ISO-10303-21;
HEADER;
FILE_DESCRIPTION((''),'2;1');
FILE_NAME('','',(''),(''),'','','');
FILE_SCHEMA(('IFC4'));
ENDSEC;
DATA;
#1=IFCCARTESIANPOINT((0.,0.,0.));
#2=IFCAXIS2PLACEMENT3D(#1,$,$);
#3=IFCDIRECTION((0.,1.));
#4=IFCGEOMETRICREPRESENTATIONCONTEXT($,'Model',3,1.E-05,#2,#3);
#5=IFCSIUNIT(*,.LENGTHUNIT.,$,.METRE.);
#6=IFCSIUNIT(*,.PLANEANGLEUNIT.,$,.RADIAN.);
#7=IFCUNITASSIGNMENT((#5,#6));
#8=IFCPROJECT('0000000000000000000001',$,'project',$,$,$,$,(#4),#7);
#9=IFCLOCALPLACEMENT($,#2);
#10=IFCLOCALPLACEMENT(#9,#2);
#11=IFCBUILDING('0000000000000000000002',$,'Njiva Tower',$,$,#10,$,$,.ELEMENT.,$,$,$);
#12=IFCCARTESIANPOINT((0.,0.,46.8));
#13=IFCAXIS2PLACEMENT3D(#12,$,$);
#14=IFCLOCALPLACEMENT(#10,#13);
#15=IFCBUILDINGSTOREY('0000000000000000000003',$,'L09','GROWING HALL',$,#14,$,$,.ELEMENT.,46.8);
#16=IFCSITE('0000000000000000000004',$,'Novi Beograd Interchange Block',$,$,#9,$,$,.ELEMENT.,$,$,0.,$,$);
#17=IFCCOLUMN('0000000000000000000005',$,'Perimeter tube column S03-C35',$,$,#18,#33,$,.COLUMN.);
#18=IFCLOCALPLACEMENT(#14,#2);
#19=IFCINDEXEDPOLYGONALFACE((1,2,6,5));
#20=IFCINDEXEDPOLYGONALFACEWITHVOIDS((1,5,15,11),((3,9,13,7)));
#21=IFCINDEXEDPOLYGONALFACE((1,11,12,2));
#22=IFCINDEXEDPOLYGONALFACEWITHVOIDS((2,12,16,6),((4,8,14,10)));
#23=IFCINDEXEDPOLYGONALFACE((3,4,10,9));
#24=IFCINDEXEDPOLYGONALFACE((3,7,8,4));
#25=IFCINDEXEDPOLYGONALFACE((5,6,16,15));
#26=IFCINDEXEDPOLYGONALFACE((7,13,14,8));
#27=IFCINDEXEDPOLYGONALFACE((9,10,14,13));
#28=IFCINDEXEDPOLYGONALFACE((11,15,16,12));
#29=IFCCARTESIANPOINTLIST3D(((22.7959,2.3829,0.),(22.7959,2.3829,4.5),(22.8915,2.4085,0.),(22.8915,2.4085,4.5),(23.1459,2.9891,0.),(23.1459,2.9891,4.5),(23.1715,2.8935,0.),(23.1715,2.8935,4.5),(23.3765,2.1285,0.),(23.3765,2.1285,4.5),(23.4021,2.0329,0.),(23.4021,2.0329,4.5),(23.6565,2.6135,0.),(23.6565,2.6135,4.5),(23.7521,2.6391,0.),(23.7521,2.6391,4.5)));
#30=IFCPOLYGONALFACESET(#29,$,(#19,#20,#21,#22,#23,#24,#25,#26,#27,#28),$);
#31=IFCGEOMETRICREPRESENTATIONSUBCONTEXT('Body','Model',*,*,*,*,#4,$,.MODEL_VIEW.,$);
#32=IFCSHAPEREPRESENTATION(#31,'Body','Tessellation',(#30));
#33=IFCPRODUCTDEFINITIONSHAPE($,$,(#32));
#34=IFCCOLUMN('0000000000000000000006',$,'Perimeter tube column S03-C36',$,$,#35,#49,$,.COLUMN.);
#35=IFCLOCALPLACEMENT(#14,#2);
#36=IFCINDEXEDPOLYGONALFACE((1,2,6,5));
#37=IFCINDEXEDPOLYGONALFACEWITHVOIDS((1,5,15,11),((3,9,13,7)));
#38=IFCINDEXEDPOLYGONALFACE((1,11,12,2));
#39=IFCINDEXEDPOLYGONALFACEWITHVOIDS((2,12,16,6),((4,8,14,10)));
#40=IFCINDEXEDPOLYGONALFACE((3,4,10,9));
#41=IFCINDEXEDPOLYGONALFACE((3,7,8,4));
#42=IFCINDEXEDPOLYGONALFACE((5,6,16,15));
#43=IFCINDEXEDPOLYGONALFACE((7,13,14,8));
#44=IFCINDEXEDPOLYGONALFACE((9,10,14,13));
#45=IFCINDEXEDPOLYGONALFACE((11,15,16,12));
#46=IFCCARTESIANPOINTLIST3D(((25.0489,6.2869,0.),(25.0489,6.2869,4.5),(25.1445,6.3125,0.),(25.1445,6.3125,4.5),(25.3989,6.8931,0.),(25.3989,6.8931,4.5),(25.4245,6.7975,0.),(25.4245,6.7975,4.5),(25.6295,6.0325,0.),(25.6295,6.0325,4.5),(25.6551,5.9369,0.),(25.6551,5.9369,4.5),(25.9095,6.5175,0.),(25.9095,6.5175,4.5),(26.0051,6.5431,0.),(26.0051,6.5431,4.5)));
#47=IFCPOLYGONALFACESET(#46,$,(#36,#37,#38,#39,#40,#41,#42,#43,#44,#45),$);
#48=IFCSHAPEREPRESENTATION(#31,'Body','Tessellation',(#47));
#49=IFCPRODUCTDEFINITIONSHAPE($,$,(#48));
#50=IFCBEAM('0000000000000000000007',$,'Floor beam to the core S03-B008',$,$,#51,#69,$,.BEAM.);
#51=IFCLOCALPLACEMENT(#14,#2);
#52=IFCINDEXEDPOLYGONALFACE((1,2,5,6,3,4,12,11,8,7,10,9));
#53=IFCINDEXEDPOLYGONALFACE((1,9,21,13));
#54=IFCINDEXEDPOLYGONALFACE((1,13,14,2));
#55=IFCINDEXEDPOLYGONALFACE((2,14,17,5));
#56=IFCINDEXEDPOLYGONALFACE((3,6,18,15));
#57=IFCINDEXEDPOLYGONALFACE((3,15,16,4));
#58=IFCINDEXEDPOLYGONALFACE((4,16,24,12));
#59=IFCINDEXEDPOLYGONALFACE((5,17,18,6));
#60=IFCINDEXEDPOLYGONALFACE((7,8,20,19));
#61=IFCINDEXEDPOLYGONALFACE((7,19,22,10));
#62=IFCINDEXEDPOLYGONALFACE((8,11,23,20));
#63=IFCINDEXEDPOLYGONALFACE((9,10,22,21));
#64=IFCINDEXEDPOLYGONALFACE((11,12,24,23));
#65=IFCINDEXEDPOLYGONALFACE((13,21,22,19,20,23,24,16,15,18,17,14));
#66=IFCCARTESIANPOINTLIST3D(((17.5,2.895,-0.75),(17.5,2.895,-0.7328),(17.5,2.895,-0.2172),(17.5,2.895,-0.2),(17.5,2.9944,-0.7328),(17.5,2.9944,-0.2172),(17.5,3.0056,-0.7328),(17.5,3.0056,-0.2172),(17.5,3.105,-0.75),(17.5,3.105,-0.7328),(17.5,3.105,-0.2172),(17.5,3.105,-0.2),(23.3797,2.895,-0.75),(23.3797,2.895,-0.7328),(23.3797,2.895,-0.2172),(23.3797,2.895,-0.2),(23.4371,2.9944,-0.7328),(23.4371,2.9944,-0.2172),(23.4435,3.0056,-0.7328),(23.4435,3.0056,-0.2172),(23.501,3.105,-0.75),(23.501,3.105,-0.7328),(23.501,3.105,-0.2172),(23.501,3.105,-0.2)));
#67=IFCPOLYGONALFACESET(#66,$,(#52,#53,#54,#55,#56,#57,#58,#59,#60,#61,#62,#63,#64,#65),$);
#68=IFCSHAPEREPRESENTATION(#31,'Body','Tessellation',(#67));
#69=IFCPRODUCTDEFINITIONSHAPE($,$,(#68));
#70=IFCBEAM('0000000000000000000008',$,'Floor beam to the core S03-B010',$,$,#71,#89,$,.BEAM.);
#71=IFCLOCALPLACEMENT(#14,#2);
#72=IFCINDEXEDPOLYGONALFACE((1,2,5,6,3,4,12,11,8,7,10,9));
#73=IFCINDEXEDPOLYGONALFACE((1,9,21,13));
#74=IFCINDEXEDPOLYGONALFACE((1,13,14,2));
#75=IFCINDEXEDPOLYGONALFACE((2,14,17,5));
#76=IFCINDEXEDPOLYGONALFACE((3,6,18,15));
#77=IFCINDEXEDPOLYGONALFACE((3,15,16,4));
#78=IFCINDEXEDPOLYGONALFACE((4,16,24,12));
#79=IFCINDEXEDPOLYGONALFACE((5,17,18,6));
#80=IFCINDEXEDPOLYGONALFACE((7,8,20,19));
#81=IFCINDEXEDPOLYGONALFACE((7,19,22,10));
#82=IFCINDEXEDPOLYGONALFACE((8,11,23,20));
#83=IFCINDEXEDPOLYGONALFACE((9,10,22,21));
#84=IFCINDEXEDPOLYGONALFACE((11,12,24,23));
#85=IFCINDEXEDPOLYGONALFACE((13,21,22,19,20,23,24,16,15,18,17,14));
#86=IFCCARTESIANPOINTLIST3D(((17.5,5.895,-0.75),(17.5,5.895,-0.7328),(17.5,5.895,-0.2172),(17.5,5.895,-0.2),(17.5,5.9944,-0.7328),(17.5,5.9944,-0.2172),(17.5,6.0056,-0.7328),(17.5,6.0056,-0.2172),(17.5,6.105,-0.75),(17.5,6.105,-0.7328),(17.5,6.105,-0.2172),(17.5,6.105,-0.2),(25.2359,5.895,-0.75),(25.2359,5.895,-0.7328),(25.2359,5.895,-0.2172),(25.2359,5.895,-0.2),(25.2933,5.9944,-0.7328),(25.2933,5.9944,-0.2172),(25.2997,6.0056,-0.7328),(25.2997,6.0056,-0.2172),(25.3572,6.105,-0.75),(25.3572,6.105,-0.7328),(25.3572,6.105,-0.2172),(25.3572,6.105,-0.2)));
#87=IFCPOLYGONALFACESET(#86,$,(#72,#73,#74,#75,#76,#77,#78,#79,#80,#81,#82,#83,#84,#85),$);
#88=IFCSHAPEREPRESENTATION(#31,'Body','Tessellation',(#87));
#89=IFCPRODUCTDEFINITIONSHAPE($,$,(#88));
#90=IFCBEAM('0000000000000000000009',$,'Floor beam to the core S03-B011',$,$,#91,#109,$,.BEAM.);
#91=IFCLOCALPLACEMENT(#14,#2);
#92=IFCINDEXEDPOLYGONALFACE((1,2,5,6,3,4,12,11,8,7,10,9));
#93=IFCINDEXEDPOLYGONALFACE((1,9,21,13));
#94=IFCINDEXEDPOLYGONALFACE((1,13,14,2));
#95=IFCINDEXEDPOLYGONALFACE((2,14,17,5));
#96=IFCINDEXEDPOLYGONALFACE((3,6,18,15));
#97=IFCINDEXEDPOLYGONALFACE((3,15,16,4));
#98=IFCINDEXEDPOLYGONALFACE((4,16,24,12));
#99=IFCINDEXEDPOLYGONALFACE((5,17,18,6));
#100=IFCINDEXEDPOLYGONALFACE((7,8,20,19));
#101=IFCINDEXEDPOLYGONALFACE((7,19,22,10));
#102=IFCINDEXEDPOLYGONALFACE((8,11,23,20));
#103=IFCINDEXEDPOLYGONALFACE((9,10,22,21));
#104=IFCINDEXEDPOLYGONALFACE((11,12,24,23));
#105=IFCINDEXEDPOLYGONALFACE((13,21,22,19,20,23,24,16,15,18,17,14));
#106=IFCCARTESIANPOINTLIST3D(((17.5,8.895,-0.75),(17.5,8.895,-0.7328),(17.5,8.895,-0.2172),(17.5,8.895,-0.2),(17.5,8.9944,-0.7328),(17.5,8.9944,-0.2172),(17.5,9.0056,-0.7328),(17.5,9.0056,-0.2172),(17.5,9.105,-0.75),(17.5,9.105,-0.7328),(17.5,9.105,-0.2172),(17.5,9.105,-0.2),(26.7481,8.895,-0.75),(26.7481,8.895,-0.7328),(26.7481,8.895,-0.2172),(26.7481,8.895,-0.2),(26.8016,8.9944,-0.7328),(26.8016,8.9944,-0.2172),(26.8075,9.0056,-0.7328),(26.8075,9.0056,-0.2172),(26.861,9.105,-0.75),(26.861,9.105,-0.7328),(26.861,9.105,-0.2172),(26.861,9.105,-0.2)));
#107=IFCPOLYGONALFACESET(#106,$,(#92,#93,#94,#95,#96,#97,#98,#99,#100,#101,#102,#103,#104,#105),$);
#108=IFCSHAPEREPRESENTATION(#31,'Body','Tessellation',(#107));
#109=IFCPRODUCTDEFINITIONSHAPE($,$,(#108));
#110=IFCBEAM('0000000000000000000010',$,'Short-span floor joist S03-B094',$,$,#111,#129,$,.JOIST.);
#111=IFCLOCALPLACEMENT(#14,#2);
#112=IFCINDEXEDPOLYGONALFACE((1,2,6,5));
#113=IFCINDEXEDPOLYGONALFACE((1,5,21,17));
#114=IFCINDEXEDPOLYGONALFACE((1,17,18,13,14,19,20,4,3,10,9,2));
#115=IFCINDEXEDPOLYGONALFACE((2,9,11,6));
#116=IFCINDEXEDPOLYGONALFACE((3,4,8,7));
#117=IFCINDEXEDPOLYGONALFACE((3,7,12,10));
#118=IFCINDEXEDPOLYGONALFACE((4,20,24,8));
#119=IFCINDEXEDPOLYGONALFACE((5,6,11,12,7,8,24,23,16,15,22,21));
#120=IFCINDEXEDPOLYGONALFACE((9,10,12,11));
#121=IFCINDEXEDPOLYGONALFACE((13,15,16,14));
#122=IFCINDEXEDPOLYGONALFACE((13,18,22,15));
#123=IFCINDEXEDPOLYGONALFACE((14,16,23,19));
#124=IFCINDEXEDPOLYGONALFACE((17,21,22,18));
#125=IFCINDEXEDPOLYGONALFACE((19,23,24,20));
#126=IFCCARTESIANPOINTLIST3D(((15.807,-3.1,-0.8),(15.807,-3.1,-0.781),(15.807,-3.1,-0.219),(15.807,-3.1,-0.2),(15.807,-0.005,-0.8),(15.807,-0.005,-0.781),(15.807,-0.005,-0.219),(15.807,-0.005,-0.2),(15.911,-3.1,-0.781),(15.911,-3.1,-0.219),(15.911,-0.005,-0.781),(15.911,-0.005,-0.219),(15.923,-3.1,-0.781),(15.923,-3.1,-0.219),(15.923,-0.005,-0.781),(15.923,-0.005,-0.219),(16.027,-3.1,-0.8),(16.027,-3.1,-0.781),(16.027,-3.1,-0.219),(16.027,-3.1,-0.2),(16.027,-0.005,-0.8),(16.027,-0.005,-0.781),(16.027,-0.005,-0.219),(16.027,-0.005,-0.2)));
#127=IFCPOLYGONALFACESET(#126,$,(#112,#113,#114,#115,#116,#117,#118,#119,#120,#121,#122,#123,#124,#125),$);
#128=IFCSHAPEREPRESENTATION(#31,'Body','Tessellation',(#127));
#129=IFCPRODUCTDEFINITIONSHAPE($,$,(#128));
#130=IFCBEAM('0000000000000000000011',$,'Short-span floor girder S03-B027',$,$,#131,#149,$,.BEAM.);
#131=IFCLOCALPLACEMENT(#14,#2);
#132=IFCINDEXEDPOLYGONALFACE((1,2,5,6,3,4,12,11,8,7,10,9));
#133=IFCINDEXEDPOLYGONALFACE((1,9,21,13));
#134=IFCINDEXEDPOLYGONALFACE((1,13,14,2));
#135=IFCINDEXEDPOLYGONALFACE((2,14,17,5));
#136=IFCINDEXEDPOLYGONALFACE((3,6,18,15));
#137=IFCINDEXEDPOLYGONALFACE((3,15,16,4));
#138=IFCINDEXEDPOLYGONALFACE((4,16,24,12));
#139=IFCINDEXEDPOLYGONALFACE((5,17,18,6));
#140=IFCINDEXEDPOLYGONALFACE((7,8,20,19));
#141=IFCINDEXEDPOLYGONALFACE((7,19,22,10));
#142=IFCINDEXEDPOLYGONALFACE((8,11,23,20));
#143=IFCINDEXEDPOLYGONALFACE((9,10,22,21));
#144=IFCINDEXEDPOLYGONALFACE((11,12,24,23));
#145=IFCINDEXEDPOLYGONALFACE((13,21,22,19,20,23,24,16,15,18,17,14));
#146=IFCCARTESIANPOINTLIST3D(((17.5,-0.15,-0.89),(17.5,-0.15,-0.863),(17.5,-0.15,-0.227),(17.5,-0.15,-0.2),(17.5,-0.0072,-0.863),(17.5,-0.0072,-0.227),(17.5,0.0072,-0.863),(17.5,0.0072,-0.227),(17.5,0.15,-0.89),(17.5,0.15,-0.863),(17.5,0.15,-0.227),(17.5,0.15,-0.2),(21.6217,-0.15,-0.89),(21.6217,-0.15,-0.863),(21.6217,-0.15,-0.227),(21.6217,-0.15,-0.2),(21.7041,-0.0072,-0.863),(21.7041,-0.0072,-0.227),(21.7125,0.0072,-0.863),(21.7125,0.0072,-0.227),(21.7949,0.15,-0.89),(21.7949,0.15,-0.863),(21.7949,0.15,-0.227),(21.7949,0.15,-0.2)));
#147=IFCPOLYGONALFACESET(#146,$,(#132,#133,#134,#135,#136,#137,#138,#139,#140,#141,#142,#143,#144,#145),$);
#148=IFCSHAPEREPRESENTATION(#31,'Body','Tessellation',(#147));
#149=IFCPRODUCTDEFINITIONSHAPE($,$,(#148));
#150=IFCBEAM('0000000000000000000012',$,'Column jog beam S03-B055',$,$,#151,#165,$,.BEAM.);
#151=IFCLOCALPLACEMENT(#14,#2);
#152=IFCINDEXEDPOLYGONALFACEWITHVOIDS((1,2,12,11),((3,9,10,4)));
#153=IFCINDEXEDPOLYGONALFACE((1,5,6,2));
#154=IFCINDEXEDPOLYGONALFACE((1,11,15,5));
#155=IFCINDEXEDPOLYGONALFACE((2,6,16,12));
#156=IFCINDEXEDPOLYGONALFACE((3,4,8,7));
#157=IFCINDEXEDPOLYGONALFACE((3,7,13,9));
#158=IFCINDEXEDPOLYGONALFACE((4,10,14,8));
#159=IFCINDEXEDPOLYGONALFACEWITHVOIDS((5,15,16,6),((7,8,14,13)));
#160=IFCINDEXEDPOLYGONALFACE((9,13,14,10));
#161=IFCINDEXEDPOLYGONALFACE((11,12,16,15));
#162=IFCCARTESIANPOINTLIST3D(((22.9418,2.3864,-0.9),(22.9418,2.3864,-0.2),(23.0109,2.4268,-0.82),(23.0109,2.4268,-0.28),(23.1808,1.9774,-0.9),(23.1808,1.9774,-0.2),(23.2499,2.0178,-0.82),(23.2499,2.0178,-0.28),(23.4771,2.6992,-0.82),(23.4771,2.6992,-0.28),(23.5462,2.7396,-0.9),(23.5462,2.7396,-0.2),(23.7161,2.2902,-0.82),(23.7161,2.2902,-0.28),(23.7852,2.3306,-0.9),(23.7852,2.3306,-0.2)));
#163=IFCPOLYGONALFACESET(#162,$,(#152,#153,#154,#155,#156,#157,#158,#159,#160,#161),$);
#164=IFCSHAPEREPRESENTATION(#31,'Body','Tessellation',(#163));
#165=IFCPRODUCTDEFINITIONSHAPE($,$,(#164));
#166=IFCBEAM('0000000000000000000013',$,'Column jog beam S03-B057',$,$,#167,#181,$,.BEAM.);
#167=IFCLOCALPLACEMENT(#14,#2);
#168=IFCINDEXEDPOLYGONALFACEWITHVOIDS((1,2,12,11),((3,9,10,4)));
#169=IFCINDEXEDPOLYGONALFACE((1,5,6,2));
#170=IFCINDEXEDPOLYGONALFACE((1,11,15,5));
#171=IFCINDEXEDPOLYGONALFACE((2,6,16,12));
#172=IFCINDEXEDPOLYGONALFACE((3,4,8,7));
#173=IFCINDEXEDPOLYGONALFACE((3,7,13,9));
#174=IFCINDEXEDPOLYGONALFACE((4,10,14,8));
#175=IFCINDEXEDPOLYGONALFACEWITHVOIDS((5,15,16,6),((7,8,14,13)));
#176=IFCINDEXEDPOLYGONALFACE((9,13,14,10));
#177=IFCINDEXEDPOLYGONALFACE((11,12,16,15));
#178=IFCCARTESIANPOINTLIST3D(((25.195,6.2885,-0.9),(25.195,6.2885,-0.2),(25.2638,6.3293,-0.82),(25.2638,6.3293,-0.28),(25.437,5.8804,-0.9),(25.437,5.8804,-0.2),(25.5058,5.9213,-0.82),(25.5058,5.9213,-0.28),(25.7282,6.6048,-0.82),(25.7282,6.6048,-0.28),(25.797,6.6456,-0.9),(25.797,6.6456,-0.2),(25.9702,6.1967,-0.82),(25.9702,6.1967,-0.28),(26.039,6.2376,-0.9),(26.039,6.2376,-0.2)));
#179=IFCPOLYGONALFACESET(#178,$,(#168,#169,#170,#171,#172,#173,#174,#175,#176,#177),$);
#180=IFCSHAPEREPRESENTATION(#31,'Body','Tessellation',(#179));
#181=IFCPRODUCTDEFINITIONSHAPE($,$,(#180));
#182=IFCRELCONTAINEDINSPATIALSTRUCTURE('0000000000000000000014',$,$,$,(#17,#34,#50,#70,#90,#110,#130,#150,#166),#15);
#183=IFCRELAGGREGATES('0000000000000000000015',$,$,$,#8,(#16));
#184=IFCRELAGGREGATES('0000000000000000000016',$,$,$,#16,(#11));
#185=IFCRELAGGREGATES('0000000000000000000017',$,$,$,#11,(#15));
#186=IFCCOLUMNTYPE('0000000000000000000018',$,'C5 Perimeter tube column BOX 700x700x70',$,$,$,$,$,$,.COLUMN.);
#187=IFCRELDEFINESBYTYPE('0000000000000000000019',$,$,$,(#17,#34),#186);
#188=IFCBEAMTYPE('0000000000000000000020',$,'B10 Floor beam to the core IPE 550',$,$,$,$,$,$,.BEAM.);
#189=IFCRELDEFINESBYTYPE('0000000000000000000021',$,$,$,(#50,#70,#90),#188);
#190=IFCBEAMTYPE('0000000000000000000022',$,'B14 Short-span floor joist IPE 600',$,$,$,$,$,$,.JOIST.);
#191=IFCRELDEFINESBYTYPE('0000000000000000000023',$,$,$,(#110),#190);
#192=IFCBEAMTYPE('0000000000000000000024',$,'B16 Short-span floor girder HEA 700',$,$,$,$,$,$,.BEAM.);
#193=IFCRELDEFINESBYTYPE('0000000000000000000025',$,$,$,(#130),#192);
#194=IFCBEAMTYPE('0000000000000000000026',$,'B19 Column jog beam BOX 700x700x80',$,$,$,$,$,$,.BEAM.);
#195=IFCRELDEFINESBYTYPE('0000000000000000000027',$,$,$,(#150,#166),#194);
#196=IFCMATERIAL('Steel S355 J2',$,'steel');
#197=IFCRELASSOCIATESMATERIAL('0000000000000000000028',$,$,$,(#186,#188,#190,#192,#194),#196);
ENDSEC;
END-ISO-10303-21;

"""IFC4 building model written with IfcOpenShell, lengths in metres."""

from ifc_helpers import new_model, si_unit, direction, frame, origin, origin_2d, place, context, subcontext, project, spatial, hollow_rectangle, i_section, extrude, clip, halfspace, material, material_profile, profile_set, type_object, element, save


model = new_model("IFC4")

# Units and contexts
model_context = context("Model", 3, precision=1e-05, world=origin(), true_north=direction((0.0, 1.0)))
body_context = subcontext(model_context, "Body", "Model", "MODEL_VIEW")
ifc_project = project(units=[si_unit("LENGTHUNIT", "METRE"), si_unit("PLANEANGLEUNIT", "RADIAN")], contexts=[model_context])

# Site, building, storey
site_placement = place(None, origin())
site = spatial("IfcSite", under=ifc_project, at=site_placement, Name="Novi Beograd Interchange Block", CompositionType="ELEMENT", RefElevation=0.0)
building_placement = place(site_placement, origin())
building = spatial("IfcBuilding", under=site, at=building_placement, Name="Njiva Tower", CompositionType="ELEMENT")
storey_placement = place(building_placement, frame((0.0, 0.0, 46.8)))
storey = spatial("IfcBuildingStorey", under=building, at=storey_placement, Name="L09", Description="GROWING HALL", CompositionType="ELEMENT", Elevation=46.8)

# Columns
ifc_material_1 = material(Name="Steel S355 J2", Category="steel")
ifc_material_profile_1 = material_profile(ifc_material_1, hollow_rectangle(XDim=0.7, YDim=0.7, WallThickness=0.07, at=origin_2d()), Name="BOX 700x700x70")
ifc_profile_set_1 = profile_set([ifc_material_profile_1], Name="Steel S355 J2")
column_type = type_object("IfcColumnType", Name="C5 Perimeter tube column BOX 700x700x70", PredefinedType="COLUMN", material=ifc_profile_set_1)
for number, where, z_axis, x_axis, name in (
    (1, (23.274, 2.511, 0.0), (0.0, 0.0, 1.0), (0.5, 0.866025, 0.0), "Perimeter tube column S03-C35"),
    (2, (25.527, 6.415, 0.0), (0.0, 0.0, 1.0), (0.5, 0.866025, 0.0), "Perimeter tube column S03-C36"),
):
    element("IfcColumn", number, at=place(storey_placement, frame(where, z_axis=z_axis, x_axis=x_axis)), inside=storey, type_object=column_type, Name=name, PredefinedType="COLUMN", context=body_context, shape_type="SweptSolid", body=[
        extrude(hollow_rectangle(XDim=0.7, YDim=0.7, WallThickness=0.07, at=origin_2d()), origin(), (0.0, 0.0, 1.0), 4.5),
    ])

# Beams
ifc_material_profile_2 = material_profile(ifc_material_1, i_section(OverallWidth=0.21, OverallDepth=0.55, WebThickness=0.0111, FlangeThickness=0.0172, at=origin_2d()), Name="IPE 550")
ifc_profile_set_2 = profile_set([ifc_material_profile_2], Name="Steel S355 J2")
beam_type_1 = type_object("IfcBeamType", Name="B10 Floor beam to the core IPE 550", PredefinedType="BEAM", material=ifc_profile_set_2)
beam_1_placement = place(storey_placement, frame((17.5, 3.0, -0.475), z_axis=(1.0, 0.0, 0.0), x_axis=(0.0, 1.0, 0.0)))
element("IfcBeam", 3, at=beam_1_placement, inside=storey, type_object=beam_type_1, Name="Floor beam to the core S03-B008", PredefinedType="BEAM", context=body_context, shape_type="Clipping", body=[
    clip(extrude(i_section(OverallWidth=0.21, OverallDepth=0.55, WebThickness=0.0111, FlangeThickness=0.0172, at=origin_2d()), origin(), (0.0, 0.0, 1.0), 6.021), halfspace(frame((-0.025, 0.0, 5.9259), z_axis=(-0.499998, 0.0, 0.866027), x_axis=(0.0, 1.0, 0.0)), False)),
])
beam_2_placement = place(storey_placement, frame((17.5, 6.0, -0.475), z_axis=(1.0, 0.0, 0.0), x_axis=(0.0, 1.0, 0.0)))
element("IfcBeam", 4, at=beam_2_placement, inside=storey, type_object=beam_type_1, Name="Floor beam to the core S03-B010", PredefinedType="BEAM", context=body_context, shape_type="Clipping", body=[
    clip(extrude(i_section(OverallWidth=0.21, OverallDepth=0.55, WebThickness=0.0111, FlangeThickness=0.0172, at=origin_2d()), origin(), (0.0, 0.0, 1.0), 7.878), halfspace(frame((-0.025, 0.0, 7.7821), z_axis=(-0.499998, 0.0, 0.866027), x_axis=(0.0, 1.0, 0.0)), False)),
])
beam_3_placement = place(storey_placement, frame((17.5, 9.0, -0.475), z_axis=(1.0, 0.0, 0.0), x_axis=(0.0, 1.0, 0.0)))
element("IfcBeam", 5, at=beam_3_placement, inside=storey, type_object=beam_type_1, Name="Floor beam to the core S03-B011", PredefinedType="BEAM", context=body_context, shape_type="Clipping", body=[
    clip(extrude(i_section(OverallWidth=0.21, OverallDepth=0.55, WebThickness=0.0111, FlangeThickness=0.0172, at=origin_2d()), origin(), (0.0, 0.0, 1.0), 9.381), halfspace(frame((-0.0237, 0.0, 9.2918), z_axis=(-0.473769, 0.0, 0.880649), x_axis=(0.0, 1.0, 0.0)), False)),
])
ifc_material_profile_3 = material_profile(ifc_material_1, i_section(OverallWidth=0.22, OverallDepth=0.6, WebThickness=0.012, FlangeThickness=0.019, at=origin_2d()), Name="IPE 600")
ifc_profile_set_3 = profile_set([ifc_material_profile_3], Name="Steel S355 J2")
beam_type_2 = type_object("IfcBeamType", Name="B14 Short-span floor joist IPE 600", PredefinedType="JOIST", material=ifc_profile_set_3)
beam_4_placement = place(storey_placement, frame((15.917, -0.005, -0.5), z_axis=(0.0, -1.0, 0.0), x_axis=(1.0, 0.0, 0.0)))
element("IfcBeam", 6, at=beam_4_placement, inside=storey, type_object=beam_type_2, Name="Short-span floor joist S03-B094", PredefinedType="JOIST", context=body_context, shape_type="SweptSolid", body=[
    extrude(i_section(OverallWidth=0.22, OverallDepth=0.6, WebThickness=0.012, FlangeThickness=0.019, at=origin_2d()), origin(), (0.0, 0.0, 1.0), 3.095),
])
ifc_material_profile_4 = material_profile(ifc_material_1, i_section(OverallWidth=0.3, OverallDepth=0.69, WebThickness=0.0145, FlangeThickness=0.027, at=origin_2d()), Name="HEA 700")
ifc_profile_set_4 = profile_set([ifc_material_profile_4], Name="Steel S355 J2")
beam_type_3 = type_object("IfcBeamType", Name="B16 Short-span floor girder HEA 700", PredefinedType="BEAM", material=ifc_profile_set_4)
beam_5_placement = place(storey_placement, frame((17.5, 0.0, -0.545), z_axis=(1.0, 0.0, 0.0), x_axis=(0.0, 1.0, 0.0)))
element("IfcBeam", 7, at=beam_5_placement, inside=storey, type_object=beam_type_3, Name="Short-span floor girder S03-B027", PredefinedType="BEAM", context=body_context, shape_type="Clipping", body=[
    clip(extrude(i_section(OverallWidth=0.3, OverallDepth=0.69, WebThickness=0.0145, FlangeThickness=0.027, at=origin_2d()), origin(), (0.0, 0.0, 1.0), 4.315), halfspace(frame((-0.025, 0.0, 4.1939), z_axis=(-0.499998, 0.0, 0.866027), x_axis=(0.0, 1.0, 0.0)), False)),
])
ifc_material_profile_5 = material_profile(ifc_material_1, hollow_rectangle(XDim=0.7, YDim=0.7, WallThickness=0.08, at=origin_2d()), Name="BOX 700x700x80")
ifc_profile_set_5 = profile_set([ifc_material_profile_5], Name="Steel S355 J2")
beam_type_4 = type_object("IfcBeamType", Name="B19 Column jog beam BOX 700x700x80", PredefinedType="BEAM", material=ifc_profile_set_5)
beam_6_placement = place(storey_placement, frame((23.483, 2.154, -0.55), z_axis=(-0.504527, 0.863396, 0.0), x_axis=(-0.863396, -0.504527, 0.0)))
element("IfcBeam", 8, at=beam_6_placement, inside=storey, type_object=beam_type_4, Name="Column jog beam S03-B055", PredefinedType="BEAM", context=body_context, shape_type="SweptSolid", body=[
    extrude(hollow_rectangle(XDim=0.7, YDim=0.7, WallThickness=0.08, at=origin_2d()), origin(), (0.0, 0.0, 1.0), 0.4737),
])
beam_7_placement = place(storey_placement, frame((25.738, 6.059, -0.55), z_axis=(-0.510149, 0.860086, 0.0), x_axis=(-0.860086, -0.510149, 0.0)))
element("IfcBeam", 9, at=beam_7_placement, inside=storey, type_object=beam_type_4, Name="Column jog beam S03-B057", PredefinedType="BEAM", context=body_context, shape_type="SweptSolid", body=[
    extrude(hollow_rectangle(XDim=0.7, YDim=0.7, WallThickness=0.08, at=origin_2d()), origin(), (0.0, 0.0, 1.0), 0.4744),
])

save(model, "model.ifc")
